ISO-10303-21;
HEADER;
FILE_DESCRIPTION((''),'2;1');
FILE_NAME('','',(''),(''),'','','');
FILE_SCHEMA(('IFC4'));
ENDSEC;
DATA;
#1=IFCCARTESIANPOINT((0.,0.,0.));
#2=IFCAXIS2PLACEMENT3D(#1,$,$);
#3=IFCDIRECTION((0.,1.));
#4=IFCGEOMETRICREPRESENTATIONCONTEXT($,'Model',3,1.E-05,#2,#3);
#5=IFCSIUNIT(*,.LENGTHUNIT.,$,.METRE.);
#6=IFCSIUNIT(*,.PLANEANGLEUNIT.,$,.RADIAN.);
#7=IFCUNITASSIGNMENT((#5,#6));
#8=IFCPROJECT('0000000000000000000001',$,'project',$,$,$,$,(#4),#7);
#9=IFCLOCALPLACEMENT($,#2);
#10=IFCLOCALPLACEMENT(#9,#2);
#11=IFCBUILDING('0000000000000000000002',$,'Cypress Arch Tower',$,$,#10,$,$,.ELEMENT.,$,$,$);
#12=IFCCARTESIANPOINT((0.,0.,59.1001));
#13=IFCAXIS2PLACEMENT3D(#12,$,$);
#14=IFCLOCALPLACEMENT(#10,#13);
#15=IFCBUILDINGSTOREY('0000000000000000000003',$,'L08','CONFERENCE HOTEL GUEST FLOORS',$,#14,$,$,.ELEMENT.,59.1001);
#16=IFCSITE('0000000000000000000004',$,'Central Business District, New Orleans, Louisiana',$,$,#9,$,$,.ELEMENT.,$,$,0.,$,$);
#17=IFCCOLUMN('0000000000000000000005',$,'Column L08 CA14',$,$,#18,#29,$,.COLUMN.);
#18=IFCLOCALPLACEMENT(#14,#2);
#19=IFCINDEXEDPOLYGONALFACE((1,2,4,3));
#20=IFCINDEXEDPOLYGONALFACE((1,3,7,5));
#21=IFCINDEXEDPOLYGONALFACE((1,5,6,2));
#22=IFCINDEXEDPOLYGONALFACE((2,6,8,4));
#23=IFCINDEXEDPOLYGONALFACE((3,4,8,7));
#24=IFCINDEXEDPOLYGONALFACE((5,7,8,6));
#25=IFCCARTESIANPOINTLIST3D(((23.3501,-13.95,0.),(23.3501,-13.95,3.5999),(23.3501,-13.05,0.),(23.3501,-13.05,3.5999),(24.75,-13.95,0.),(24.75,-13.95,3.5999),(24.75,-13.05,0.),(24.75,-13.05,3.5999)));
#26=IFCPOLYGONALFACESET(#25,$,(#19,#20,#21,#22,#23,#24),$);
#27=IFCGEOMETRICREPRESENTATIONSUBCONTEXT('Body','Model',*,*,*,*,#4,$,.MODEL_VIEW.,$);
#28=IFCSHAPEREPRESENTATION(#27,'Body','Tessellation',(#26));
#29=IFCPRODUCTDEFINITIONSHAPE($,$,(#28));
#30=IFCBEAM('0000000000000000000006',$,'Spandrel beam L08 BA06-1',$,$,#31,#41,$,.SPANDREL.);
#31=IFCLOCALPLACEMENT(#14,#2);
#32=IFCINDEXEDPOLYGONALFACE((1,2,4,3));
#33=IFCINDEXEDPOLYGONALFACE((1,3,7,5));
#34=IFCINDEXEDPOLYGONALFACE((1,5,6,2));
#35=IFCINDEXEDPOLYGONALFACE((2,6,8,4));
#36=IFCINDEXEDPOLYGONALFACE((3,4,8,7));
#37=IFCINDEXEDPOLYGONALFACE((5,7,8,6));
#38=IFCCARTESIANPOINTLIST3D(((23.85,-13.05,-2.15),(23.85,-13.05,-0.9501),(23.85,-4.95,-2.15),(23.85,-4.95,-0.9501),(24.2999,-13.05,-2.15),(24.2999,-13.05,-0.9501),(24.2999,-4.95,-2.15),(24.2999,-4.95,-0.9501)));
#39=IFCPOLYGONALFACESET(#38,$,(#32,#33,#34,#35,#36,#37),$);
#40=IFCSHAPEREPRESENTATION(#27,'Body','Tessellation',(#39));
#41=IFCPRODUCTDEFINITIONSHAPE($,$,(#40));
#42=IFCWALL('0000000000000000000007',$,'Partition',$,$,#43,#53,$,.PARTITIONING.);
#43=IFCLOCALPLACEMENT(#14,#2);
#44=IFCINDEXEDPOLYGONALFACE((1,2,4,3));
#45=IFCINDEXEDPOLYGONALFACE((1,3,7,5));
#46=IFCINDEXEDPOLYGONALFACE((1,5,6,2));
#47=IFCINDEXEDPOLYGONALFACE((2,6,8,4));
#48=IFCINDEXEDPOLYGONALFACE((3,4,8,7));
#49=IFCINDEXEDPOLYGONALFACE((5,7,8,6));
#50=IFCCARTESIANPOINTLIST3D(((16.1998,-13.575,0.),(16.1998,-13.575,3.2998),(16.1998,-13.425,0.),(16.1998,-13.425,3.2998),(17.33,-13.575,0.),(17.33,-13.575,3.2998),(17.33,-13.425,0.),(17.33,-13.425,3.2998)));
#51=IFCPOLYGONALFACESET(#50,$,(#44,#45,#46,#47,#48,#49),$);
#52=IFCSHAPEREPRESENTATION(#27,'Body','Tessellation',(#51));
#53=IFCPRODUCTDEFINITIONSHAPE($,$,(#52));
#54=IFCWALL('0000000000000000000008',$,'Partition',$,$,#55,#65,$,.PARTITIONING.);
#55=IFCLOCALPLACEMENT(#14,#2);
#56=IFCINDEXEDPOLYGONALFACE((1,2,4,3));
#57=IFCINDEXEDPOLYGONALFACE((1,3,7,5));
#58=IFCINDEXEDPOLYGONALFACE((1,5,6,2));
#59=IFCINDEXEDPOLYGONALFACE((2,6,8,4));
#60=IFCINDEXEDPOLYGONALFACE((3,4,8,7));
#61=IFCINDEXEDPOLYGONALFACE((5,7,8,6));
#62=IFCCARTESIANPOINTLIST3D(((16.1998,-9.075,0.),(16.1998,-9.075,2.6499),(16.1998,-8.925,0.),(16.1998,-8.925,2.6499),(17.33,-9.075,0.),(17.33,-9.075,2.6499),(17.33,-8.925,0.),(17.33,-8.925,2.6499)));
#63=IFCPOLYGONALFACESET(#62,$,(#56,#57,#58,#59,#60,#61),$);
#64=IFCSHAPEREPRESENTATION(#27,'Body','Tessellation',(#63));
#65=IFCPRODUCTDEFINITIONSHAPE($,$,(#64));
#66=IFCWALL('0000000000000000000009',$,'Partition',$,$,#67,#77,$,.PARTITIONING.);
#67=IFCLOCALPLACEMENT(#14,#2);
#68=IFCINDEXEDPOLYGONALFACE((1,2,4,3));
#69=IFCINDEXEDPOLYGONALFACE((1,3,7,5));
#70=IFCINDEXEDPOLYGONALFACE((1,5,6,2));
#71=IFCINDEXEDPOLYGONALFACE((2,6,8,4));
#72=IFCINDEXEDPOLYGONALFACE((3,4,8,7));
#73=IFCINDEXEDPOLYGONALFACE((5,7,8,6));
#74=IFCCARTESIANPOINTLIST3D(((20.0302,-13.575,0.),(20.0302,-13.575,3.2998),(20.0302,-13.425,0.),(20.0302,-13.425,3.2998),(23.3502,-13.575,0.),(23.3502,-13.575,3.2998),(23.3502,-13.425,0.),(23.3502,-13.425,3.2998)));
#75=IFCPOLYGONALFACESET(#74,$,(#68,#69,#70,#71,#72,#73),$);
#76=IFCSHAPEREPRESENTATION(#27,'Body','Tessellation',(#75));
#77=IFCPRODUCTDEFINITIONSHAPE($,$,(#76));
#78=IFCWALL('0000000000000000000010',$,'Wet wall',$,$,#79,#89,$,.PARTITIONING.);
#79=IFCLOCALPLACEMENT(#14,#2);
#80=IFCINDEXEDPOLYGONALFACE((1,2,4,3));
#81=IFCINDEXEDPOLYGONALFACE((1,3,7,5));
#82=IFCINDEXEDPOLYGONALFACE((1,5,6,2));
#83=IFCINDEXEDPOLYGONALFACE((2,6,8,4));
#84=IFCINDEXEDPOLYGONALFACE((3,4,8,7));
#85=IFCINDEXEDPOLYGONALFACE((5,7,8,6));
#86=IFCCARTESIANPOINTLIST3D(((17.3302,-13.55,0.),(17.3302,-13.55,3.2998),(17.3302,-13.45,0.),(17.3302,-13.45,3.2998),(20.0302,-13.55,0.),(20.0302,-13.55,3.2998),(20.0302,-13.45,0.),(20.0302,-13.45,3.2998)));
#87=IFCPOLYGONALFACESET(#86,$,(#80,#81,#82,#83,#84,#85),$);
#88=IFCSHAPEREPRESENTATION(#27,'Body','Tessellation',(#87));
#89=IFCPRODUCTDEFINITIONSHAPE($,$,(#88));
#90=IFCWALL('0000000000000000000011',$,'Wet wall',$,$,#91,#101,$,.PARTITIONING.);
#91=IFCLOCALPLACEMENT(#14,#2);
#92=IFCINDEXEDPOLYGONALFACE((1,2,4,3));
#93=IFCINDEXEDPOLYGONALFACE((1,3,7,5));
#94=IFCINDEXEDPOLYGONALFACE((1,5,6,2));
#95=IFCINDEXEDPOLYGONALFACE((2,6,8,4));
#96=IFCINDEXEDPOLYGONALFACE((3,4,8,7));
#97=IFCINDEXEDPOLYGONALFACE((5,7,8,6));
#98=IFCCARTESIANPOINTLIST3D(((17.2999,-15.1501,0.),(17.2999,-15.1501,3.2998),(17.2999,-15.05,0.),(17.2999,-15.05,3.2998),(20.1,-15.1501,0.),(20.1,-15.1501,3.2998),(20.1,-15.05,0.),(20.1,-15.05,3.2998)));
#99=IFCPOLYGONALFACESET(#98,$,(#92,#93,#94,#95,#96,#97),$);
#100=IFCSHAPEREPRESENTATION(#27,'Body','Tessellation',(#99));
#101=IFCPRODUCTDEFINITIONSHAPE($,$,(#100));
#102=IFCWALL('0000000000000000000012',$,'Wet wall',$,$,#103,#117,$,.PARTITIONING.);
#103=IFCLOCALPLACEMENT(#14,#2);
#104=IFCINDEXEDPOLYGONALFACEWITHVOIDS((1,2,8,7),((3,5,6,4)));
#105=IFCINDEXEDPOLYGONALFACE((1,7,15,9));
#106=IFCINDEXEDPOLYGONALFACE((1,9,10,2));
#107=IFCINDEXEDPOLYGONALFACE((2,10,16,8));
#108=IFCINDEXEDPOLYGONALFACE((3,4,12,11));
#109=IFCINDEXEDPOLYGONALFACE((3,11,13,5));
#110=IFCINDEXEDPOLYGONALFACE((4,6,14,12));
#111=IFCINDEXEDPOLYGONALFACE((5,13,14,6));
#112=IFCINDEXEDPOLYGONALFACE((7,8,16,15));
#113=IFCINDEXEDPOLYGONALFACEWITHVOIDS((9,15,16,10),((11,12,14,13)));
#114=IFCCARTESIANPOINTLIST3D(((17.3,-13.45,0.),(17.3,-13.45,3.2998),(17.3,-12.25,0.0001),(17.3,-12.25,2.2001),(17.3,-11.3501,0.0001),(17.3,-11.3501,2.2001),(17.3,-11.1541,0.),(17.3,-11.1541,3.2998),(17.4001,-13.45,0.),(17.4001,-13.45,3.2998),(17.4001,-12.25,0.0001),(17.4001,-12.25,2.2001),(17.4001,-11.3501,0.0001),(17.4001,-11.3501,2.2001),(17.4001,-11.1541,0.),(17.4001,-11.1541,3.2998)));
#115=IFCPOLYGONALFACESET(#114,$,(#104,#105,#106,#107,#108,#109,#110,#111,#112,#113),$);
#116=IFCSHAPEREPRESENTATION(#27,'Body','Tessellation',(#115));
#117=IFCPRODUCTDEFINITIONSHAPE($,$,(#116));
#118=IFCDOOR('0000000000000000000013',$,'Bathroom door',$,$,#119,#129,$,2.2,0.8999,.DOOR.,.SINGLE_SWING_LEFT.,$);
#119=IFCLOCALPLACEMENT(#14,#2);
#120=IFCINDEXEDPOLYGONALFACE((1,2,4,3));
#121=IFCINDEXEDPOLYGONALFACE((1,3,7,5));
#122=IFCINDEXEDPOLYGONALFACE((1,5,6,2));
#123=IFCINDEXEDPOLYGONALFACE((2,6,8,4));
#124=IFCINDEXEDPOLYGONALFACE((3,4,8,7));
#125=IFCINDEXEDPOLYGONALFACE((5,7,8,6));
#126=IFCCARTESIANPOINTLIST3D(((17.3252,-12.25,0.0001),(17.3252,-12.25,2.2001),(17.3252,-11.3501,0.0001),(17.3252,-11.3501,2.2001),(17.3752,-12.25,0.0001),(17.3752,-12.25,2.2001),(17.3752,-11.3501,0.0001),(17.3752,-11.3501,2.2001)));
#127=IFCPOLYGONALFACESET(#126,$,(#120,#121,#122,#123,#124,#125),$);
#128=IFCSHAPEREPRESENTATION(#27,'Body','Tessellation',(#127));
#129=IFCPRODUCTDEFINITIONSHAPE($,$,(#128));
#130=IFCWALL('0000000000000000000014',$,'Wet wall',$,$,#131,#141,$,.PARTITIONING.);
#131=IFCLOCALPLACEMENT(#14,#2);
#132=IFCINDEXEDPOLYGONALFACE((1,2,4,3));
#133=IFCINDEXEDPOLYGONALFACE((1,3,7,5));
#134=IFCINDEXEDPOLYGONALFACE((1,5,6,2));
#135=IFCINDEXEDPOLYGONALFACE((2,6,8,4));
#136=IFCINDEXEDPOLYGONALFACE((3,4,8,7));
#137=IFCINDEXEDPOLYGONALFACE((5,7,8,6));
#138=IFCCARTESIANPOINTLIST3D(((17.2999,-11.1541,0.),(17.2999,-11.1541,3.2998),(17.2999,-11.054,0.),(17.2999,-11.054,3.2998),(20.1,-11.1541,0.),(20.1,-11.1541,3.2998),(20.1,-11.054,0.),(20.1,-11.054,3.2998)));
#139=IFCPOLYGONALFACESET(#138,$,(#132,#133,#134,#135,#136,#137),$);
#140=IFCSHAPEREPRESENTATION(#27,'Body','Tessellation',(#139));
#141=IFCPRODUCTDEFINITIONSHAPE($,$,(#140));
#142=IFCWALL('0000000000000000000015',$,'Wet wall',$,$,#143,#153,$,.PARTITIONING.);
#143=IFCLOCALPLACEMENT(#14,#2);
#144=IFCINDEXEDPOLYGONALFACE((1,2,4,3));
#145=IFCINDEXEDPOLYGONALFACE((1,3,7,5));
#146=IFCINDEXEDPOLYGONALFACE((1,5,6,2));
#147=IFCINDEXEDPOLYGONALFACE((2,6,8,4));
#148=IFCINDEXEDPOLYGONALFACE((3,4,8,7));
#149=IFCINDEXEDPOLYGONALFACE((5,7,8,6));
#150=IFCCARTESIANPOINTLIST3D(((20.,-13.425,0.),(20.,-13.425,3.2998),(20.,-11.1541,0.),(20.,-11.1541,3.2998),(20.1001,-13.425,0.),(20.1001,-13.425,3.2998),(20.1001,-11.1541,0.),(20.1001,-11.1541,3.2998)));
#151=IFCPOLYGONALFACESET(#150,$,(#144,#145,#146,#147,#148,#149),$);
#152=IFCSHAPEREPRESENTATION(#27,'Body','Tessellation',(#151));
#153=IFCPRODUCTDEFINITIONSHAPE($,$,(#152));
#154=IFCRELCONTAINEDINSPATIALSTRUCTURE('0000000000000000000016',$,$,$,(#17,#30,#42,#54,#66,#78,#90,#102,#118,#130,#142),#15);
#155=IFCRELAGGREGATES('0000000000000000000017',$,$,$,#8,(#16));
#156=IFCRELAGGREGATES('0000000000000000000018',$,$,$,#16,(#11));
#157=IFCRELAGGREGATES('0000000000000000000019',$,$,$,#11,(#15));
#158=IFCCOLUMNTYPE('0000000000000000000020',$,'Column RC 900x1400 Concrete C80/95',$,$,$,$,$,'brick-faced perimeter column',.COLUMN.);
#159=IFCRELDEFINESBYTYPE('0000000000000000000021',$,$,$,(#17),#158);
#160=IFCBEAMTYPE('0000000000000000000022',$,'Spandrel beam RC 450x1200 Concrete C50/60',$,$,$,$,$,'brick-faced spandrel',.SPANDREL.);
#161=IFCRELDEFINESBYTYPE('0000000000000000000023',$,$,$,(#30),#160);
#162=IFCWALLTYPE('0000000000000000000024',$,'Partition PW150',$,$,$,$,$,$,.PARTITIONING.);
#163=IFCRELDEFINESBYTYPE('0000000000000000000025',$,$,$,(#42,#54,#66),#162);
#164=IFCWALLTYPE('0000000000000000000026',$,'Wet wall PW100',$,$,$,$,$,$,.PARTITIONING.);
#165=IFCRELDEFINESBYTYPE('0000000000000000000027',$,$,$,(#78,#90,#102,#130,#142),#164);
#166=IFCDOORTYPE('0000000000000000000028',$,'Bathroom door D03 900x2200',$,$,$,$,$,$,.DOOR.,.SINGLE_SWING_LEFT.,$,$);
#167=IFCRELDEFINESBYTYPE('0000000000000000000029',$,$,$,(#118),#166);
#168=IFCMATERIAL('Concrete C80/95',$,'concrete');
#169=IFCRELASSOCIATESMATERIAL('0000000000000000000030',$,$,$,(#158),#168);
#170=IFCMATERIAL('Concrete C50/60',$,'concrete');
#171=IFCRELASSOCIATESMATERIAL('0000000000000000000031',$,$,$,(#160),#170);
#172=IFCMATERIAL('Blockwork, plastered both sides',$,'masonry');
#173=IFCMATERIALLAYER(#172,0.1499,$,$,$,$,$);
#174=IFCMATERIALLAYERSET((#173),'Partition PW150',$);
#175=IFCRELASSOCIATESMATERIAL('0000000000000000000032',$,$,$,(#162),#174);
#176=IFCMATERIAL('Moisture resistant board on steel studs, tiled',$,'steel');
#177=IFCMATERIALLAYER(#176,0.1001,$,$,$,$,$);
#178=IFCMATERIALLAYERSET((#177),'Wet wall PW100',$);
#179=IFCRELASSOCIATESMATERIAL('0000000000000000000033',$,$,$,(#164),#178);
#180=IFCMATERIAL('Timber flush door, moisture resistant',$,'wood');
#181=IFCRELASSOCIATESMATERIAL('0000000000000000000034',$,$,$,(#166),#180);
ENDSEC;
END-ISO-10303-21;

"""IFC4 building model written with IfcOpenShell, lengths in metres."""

from ifc_helpers import new_model, si_unit, direction, frame, frame_2d, origin, origin_2d, place, context, subcontext, project, spatial, rectangle, extrude, material, layer, layer_set, material_profile, profile_set, type_object, element, fill, save


model = new_model("IFC4")

# Units and contexts
model_context = context("Model", 3, precision=1e-05, world=origin(), true_north=direction((0.0, 1.0)))
body_context = subcontext(model_context, "Body", "Model", "MODEL_VIEW")
ifc_project = project(units=[si_unit("LENGTHUNIT", "METRE"), si_unit("PLANEANGLEUNIT", "RADIAN")], contexts=[model_context])

# Site, building, storey
site_placement = place(None, origin())
site = spatial("IfcSite", under=ifc_project, at=site_placement, Name="Central Business District, New Orleans, Louisiana", CompositionType="ELEMENT", RefElevation=0.0)
building_placement = place(site_placement, origin())
building = spatial("IfcBuilding", under=site, at=building_placement, Name="Cypress Arch Tower", CompositionType="ELEMENT")
storey_placement = place(building_placement, frame((0.0, 0.0, 59.1001)))
storey = spatial("IfcBuildingStorey", under=building, at=storey_placement, Name="L08", Description="CONFERENCE HOTEL GUEST FLOORS", CompositionType="ELEMENT", Elevation=59.1001)

# Column
ifc_material_1 = material(Name="Concrete C80/95", Category="concrete")
ifc_material_profile_1 = material_profile(ifc_material_1, rectangle(XDim=0.8999, YDim=1.3999, at=origin_2d()), Name="RC 900x1400")
ifc_profile_set_1 = profile_set([ifc_material_profile_1], Name="Concrete C80/95")
column_type = type_object("IfcColumnType", Name="Column RC 900x1400 Concrete C80/95", ElementType="brick-faced perimeter column", PredefinedType="COLUMN", material=ifc_profile_set_1)
column_placement = place(storey_placement, frame((24.05, -13.5, 0.0), z_axis=(0.0, 0.0, 1.0), x_axis=(0.0, 1.0, 0.0)))
element("IfcColumn", 1, at=column_placement, inside=storey, type_object=column_type, Name="Column L08 CA14", PredefinedType="COLUMN", context=body_context, shape_type="SweptSolid", body=[
    extrude(rectangle(XDim=0.8999, YDim=1.3999, at=origin_2d()), origin(), (0.0, 0.0, 1.0), 3.5999),
])

# Beam
ifc_material_2 = material(Name="Concrete C50/60", Category="concrete")
ifc_material_profile_2 = material_profile(ifc_material_2, rectangle(XDim=0.45, YDim=1.2, at=origin_2d()), Name="RC 450x1200")
ifc_profile_set_2 = profile_set([ifc_material_profile_2], Name="Concrete C50/60")
beam_type = type_object("IfcBeamType", Name="Spandrel beam RC 450x1200 Concrete C50/60", ElementType="brick-faced spandrel", PredefinedType="SPANDREL", material=ifc_profile_set_2)
beam_placement = place(storey_placement, frame((24.075, -13.05, -1.55), z_axis=(0.0, 1.0, 0.0), x_axis=(-1.0, 0.0, 0.0)))
element("IfcBeam", 2, at=beam_placement, inside=storey, type_object=beam_type, Name="Spandrel beam L08 BA06-1", PredefinedType="SPANDREL", context=body_context, shape_type="SweptSolid", body=[
    extrude(rectangle(XDim=0.45, YDim=1.2, at=origin_2d()), origin(), (0.0, 0.0, 1.0), 8.1001),
])

# Walls
ifc_material_3 = material(Name="Blockwork, plastered both sides", Category="masonry")
ifc_layer_1 = layer(ifc_material_3, 0.1499)
ifc_layer_set_1 = layer_set([ifc_layer_1], Name="Partition PW150")
wall_type_1 = type_object("IfcWallType", Name="Partition PW150", PredefinedType="PARTITIONING", material=ifc_layer_set_1)
wall_1_placement = place(storey_placement, frame((16.2, -13.5, 0.0), z_axis=(0.0, 0.0, 1.0), x_axis=(1.0, 0.0, 0.0)))
element("IfcWall", 3, at=wall_1_placement, inside=storey, type_object=wall_type_1, Name="Partition", PredefinedType="PARTITIONING", context=body_context, shape_type="SweptSolid", body=[
    extrude(rectangle(XDim=1.1301, YDim=0.1499, at=frame_2d((0.5649, 0.0))), origin(), (0.0, 0.0, 1.0), 3.2998),
])
wall_2_placement = place(storey_placement, frame((16.2, -9.0, 0.0), z_axis=(0.0, 0.0, 1.0), x_axis=(1.0, 0.0, 0.0)))
element("IfcWall", 4, at=wall_2_placement, inside=storey, type_object=wall_type_1, Name="Partition", PredefinedType="PARTITIONING", context=body_context, shape_type="SweptSolid", body=[
    extrude(rectangle(XDim=1.1301, YDim=0.1499, at=frame_2d((0.5649, 0.0))), origin(), (0.0, 0.0, 1.0), 2.6499),
])
wall_3_placement = place(storey_placement, frame((20.03, -13.5, 0.0), z_axis=(0.0, 0.0, 1.0), x_axis=(1.0, 0.0, 0.0)))
element("IfcWall", 5, at=wall_3_placement, inside=storey, type_object=wall_type_1, Name="Partition", PredefinedType="PARTITIONING", context=body_context, shape_type="SweptSolid", body=[
    extrude(rectangle(XDim=3.3201, YDim=0.1499, at=frame_2d((1.6602, 0.0))), origin(), (0.0, 0.0, 1.0), 3.2998),
])
ifc_material_4 = material(Name="Moisture resistant board on steel studs, tiled", Category="steel")
ifc_layer_2 = layer(ifc_material_4, 0.1001)
ifc_layer_set_2 = layer_set([ifc_layer_2], Name="Wet wall PW100")
wall_type_2 = type_object("IfcWallType", Name="Wet wall PW100", PredefinedType="PARTITIONING", material=ifc_layer_set_2)
wall_4_placement = place(storey_placement, frame((17.3301, -13.5, 0.0), z_axis=(0.0, 0.0, 1.0), x_axis=(1.0, 0.0, 0.0)))
element("IfcWall", 6, at=wall_4_placement, inside=storey, type_object=wall_type_2, Name="Wet wall", PredefinedType="PARTITIONING", context=body_context, shape_type="SweptSolid", body=[
    extrude(rectangle(XDim=2.7, YDim=0.1001, at=frame_2d((1.3501, 0.0))), origin(), (0.0, 0.0, 1.0), 3.2998),
])
wall_5_placement = place(storey_placement, frame((17.3, -15.1001, 0.0), z_axis=(0.0, 0.0, 1.0), x_axis=(1.0, 0.0, 0.0)))
element("IfcWall", 7, at=wall_5_placement, inside=storey, type_object=wall_type_2, Name="Wet wall", PredefinedType="PARTITIONING", context=body_context, shape_type="SweptSolid", body=[
    extrude(rectangle(XDim=2.8, YDim=0.1001, at=frame_2d((1.3999, 0.0))), origin(), (0.0, 0.0, 1.0), 3.2998),
])

# Wall, opening, door
wall_6_placement = place(storey_placement, frame((17.3501, -13.45, 0.0), z_axis=(0.0, 0.0, 1.0), x_axis=(0.0, 1.0, 0.0)))
wall_6 = element("IfcWall", 8, at=wall_6_placement, inside=storey, type_object=wall_type_2, Name="Wet wall", PredefinedType="PARTITIONING", context=body_context, shape_type="SweptSolid", body=[
    extrude(rectangle(XDim=2.2959, YDim=0.1001, at=frame_2d((1.1479, 0.0))), origin(), (0.0, 0.0, 1.0), 3.2998),
])
opening_1_placement = place(wall_6_placement, frame((1.2, 0.0, 0.0)))
opening_1 = element("IfcOpeningElement", 9, at=opening_1_placement, cuts=wall_6, PredefinedType="OPENING", context=body_context, shape_type="SweptSolid", body=[
    extrude(rectangle(XDim=0.8999, YDim=2.2, at=frame_2d((0.45, 1.1001))), frame((0.0, 0.0601, 0.0), z_axis=(0.0, -1.0, 0.0), x_axis=(1.0, 0.0, 0.0)), (0.0, 0.0, 1.0), 0.1201),
])
ifc_material_5 = material(Name="Timber flush door, moisture resistant", Category="wood")
door_type_1 = type_object("IfcDoorType", Name="Bathroom door D03 900x2200", OperationType="SINGLE_SWING_LEFT", PredefinedType="DOOR", material=ifc_material_5)
door_1_placement = place(opening_1_placement, origin())
door_1 = element("IfcDoor", 10, at=door_1_placement, inside=storey, type_object=door_type_1, Name="Bathroom door", OperationType="SINGLE_SWING_LEFT", OverallHeight=2.2, OverallWidth=0.8999, PredefinedType="DOOR", context=body_context, shape_type="SweptSolid", body=[
    extrude(rectangle(XDim=0.8999, YDim=2.2, at=frame_2d((0.45, 1.1001))), frame((0.0, 0.0249, 0.0), z_axis=(0.0, -1.0, 0.0), x_axis=(1.0, 0.0, 0.0)), (0.0, 0.0, 1.0), 0.05),
])
fill(opening_1, door_1)

# Walls
wall_7_placement = place(storey_placement, frame((17.3, -11.104, 0.0), z_axis=(0.0, 0.0, 1.0), x_axis=(1.0, 0.0, 0.0)))
element("IfcWall", 11, at=wall_7_placement, inside=storey, type_object=wall_type_2, Name="Wet wall", PredefinedType="PARTITIONING", context=body_context, shape_type="SweptSolid", body=[
    extrude(rectangle(XDim=2.8, YDim=0.1001, at=frame_2d((1.3999, 0.0))), origin(), (0.0, 0.0, 1.0), 3.2998),
])
wall_8_placement = place(storey_placement, frame((20.05, -13.425, 0.0), z_axis=(0.0, 0.0, 1.0), x_axis=(0.0, 1.0, 0.0)))
element("IfcWall", 12, at=wall_8_placement, inside=storey, type_object=wall_type_2, Name="Wet wall", PredefinedType="PARTITIONING", context=body_context, shape_type="SweptSolid", body=[
    extrude(rectangle(XDim=2.271, YDim=0.1001, at=frame_2d((1.1355, 0.0))), origin(), (0.0, 0.0, 1.0), 3.2998),
])

save(model, "model.ifc")
